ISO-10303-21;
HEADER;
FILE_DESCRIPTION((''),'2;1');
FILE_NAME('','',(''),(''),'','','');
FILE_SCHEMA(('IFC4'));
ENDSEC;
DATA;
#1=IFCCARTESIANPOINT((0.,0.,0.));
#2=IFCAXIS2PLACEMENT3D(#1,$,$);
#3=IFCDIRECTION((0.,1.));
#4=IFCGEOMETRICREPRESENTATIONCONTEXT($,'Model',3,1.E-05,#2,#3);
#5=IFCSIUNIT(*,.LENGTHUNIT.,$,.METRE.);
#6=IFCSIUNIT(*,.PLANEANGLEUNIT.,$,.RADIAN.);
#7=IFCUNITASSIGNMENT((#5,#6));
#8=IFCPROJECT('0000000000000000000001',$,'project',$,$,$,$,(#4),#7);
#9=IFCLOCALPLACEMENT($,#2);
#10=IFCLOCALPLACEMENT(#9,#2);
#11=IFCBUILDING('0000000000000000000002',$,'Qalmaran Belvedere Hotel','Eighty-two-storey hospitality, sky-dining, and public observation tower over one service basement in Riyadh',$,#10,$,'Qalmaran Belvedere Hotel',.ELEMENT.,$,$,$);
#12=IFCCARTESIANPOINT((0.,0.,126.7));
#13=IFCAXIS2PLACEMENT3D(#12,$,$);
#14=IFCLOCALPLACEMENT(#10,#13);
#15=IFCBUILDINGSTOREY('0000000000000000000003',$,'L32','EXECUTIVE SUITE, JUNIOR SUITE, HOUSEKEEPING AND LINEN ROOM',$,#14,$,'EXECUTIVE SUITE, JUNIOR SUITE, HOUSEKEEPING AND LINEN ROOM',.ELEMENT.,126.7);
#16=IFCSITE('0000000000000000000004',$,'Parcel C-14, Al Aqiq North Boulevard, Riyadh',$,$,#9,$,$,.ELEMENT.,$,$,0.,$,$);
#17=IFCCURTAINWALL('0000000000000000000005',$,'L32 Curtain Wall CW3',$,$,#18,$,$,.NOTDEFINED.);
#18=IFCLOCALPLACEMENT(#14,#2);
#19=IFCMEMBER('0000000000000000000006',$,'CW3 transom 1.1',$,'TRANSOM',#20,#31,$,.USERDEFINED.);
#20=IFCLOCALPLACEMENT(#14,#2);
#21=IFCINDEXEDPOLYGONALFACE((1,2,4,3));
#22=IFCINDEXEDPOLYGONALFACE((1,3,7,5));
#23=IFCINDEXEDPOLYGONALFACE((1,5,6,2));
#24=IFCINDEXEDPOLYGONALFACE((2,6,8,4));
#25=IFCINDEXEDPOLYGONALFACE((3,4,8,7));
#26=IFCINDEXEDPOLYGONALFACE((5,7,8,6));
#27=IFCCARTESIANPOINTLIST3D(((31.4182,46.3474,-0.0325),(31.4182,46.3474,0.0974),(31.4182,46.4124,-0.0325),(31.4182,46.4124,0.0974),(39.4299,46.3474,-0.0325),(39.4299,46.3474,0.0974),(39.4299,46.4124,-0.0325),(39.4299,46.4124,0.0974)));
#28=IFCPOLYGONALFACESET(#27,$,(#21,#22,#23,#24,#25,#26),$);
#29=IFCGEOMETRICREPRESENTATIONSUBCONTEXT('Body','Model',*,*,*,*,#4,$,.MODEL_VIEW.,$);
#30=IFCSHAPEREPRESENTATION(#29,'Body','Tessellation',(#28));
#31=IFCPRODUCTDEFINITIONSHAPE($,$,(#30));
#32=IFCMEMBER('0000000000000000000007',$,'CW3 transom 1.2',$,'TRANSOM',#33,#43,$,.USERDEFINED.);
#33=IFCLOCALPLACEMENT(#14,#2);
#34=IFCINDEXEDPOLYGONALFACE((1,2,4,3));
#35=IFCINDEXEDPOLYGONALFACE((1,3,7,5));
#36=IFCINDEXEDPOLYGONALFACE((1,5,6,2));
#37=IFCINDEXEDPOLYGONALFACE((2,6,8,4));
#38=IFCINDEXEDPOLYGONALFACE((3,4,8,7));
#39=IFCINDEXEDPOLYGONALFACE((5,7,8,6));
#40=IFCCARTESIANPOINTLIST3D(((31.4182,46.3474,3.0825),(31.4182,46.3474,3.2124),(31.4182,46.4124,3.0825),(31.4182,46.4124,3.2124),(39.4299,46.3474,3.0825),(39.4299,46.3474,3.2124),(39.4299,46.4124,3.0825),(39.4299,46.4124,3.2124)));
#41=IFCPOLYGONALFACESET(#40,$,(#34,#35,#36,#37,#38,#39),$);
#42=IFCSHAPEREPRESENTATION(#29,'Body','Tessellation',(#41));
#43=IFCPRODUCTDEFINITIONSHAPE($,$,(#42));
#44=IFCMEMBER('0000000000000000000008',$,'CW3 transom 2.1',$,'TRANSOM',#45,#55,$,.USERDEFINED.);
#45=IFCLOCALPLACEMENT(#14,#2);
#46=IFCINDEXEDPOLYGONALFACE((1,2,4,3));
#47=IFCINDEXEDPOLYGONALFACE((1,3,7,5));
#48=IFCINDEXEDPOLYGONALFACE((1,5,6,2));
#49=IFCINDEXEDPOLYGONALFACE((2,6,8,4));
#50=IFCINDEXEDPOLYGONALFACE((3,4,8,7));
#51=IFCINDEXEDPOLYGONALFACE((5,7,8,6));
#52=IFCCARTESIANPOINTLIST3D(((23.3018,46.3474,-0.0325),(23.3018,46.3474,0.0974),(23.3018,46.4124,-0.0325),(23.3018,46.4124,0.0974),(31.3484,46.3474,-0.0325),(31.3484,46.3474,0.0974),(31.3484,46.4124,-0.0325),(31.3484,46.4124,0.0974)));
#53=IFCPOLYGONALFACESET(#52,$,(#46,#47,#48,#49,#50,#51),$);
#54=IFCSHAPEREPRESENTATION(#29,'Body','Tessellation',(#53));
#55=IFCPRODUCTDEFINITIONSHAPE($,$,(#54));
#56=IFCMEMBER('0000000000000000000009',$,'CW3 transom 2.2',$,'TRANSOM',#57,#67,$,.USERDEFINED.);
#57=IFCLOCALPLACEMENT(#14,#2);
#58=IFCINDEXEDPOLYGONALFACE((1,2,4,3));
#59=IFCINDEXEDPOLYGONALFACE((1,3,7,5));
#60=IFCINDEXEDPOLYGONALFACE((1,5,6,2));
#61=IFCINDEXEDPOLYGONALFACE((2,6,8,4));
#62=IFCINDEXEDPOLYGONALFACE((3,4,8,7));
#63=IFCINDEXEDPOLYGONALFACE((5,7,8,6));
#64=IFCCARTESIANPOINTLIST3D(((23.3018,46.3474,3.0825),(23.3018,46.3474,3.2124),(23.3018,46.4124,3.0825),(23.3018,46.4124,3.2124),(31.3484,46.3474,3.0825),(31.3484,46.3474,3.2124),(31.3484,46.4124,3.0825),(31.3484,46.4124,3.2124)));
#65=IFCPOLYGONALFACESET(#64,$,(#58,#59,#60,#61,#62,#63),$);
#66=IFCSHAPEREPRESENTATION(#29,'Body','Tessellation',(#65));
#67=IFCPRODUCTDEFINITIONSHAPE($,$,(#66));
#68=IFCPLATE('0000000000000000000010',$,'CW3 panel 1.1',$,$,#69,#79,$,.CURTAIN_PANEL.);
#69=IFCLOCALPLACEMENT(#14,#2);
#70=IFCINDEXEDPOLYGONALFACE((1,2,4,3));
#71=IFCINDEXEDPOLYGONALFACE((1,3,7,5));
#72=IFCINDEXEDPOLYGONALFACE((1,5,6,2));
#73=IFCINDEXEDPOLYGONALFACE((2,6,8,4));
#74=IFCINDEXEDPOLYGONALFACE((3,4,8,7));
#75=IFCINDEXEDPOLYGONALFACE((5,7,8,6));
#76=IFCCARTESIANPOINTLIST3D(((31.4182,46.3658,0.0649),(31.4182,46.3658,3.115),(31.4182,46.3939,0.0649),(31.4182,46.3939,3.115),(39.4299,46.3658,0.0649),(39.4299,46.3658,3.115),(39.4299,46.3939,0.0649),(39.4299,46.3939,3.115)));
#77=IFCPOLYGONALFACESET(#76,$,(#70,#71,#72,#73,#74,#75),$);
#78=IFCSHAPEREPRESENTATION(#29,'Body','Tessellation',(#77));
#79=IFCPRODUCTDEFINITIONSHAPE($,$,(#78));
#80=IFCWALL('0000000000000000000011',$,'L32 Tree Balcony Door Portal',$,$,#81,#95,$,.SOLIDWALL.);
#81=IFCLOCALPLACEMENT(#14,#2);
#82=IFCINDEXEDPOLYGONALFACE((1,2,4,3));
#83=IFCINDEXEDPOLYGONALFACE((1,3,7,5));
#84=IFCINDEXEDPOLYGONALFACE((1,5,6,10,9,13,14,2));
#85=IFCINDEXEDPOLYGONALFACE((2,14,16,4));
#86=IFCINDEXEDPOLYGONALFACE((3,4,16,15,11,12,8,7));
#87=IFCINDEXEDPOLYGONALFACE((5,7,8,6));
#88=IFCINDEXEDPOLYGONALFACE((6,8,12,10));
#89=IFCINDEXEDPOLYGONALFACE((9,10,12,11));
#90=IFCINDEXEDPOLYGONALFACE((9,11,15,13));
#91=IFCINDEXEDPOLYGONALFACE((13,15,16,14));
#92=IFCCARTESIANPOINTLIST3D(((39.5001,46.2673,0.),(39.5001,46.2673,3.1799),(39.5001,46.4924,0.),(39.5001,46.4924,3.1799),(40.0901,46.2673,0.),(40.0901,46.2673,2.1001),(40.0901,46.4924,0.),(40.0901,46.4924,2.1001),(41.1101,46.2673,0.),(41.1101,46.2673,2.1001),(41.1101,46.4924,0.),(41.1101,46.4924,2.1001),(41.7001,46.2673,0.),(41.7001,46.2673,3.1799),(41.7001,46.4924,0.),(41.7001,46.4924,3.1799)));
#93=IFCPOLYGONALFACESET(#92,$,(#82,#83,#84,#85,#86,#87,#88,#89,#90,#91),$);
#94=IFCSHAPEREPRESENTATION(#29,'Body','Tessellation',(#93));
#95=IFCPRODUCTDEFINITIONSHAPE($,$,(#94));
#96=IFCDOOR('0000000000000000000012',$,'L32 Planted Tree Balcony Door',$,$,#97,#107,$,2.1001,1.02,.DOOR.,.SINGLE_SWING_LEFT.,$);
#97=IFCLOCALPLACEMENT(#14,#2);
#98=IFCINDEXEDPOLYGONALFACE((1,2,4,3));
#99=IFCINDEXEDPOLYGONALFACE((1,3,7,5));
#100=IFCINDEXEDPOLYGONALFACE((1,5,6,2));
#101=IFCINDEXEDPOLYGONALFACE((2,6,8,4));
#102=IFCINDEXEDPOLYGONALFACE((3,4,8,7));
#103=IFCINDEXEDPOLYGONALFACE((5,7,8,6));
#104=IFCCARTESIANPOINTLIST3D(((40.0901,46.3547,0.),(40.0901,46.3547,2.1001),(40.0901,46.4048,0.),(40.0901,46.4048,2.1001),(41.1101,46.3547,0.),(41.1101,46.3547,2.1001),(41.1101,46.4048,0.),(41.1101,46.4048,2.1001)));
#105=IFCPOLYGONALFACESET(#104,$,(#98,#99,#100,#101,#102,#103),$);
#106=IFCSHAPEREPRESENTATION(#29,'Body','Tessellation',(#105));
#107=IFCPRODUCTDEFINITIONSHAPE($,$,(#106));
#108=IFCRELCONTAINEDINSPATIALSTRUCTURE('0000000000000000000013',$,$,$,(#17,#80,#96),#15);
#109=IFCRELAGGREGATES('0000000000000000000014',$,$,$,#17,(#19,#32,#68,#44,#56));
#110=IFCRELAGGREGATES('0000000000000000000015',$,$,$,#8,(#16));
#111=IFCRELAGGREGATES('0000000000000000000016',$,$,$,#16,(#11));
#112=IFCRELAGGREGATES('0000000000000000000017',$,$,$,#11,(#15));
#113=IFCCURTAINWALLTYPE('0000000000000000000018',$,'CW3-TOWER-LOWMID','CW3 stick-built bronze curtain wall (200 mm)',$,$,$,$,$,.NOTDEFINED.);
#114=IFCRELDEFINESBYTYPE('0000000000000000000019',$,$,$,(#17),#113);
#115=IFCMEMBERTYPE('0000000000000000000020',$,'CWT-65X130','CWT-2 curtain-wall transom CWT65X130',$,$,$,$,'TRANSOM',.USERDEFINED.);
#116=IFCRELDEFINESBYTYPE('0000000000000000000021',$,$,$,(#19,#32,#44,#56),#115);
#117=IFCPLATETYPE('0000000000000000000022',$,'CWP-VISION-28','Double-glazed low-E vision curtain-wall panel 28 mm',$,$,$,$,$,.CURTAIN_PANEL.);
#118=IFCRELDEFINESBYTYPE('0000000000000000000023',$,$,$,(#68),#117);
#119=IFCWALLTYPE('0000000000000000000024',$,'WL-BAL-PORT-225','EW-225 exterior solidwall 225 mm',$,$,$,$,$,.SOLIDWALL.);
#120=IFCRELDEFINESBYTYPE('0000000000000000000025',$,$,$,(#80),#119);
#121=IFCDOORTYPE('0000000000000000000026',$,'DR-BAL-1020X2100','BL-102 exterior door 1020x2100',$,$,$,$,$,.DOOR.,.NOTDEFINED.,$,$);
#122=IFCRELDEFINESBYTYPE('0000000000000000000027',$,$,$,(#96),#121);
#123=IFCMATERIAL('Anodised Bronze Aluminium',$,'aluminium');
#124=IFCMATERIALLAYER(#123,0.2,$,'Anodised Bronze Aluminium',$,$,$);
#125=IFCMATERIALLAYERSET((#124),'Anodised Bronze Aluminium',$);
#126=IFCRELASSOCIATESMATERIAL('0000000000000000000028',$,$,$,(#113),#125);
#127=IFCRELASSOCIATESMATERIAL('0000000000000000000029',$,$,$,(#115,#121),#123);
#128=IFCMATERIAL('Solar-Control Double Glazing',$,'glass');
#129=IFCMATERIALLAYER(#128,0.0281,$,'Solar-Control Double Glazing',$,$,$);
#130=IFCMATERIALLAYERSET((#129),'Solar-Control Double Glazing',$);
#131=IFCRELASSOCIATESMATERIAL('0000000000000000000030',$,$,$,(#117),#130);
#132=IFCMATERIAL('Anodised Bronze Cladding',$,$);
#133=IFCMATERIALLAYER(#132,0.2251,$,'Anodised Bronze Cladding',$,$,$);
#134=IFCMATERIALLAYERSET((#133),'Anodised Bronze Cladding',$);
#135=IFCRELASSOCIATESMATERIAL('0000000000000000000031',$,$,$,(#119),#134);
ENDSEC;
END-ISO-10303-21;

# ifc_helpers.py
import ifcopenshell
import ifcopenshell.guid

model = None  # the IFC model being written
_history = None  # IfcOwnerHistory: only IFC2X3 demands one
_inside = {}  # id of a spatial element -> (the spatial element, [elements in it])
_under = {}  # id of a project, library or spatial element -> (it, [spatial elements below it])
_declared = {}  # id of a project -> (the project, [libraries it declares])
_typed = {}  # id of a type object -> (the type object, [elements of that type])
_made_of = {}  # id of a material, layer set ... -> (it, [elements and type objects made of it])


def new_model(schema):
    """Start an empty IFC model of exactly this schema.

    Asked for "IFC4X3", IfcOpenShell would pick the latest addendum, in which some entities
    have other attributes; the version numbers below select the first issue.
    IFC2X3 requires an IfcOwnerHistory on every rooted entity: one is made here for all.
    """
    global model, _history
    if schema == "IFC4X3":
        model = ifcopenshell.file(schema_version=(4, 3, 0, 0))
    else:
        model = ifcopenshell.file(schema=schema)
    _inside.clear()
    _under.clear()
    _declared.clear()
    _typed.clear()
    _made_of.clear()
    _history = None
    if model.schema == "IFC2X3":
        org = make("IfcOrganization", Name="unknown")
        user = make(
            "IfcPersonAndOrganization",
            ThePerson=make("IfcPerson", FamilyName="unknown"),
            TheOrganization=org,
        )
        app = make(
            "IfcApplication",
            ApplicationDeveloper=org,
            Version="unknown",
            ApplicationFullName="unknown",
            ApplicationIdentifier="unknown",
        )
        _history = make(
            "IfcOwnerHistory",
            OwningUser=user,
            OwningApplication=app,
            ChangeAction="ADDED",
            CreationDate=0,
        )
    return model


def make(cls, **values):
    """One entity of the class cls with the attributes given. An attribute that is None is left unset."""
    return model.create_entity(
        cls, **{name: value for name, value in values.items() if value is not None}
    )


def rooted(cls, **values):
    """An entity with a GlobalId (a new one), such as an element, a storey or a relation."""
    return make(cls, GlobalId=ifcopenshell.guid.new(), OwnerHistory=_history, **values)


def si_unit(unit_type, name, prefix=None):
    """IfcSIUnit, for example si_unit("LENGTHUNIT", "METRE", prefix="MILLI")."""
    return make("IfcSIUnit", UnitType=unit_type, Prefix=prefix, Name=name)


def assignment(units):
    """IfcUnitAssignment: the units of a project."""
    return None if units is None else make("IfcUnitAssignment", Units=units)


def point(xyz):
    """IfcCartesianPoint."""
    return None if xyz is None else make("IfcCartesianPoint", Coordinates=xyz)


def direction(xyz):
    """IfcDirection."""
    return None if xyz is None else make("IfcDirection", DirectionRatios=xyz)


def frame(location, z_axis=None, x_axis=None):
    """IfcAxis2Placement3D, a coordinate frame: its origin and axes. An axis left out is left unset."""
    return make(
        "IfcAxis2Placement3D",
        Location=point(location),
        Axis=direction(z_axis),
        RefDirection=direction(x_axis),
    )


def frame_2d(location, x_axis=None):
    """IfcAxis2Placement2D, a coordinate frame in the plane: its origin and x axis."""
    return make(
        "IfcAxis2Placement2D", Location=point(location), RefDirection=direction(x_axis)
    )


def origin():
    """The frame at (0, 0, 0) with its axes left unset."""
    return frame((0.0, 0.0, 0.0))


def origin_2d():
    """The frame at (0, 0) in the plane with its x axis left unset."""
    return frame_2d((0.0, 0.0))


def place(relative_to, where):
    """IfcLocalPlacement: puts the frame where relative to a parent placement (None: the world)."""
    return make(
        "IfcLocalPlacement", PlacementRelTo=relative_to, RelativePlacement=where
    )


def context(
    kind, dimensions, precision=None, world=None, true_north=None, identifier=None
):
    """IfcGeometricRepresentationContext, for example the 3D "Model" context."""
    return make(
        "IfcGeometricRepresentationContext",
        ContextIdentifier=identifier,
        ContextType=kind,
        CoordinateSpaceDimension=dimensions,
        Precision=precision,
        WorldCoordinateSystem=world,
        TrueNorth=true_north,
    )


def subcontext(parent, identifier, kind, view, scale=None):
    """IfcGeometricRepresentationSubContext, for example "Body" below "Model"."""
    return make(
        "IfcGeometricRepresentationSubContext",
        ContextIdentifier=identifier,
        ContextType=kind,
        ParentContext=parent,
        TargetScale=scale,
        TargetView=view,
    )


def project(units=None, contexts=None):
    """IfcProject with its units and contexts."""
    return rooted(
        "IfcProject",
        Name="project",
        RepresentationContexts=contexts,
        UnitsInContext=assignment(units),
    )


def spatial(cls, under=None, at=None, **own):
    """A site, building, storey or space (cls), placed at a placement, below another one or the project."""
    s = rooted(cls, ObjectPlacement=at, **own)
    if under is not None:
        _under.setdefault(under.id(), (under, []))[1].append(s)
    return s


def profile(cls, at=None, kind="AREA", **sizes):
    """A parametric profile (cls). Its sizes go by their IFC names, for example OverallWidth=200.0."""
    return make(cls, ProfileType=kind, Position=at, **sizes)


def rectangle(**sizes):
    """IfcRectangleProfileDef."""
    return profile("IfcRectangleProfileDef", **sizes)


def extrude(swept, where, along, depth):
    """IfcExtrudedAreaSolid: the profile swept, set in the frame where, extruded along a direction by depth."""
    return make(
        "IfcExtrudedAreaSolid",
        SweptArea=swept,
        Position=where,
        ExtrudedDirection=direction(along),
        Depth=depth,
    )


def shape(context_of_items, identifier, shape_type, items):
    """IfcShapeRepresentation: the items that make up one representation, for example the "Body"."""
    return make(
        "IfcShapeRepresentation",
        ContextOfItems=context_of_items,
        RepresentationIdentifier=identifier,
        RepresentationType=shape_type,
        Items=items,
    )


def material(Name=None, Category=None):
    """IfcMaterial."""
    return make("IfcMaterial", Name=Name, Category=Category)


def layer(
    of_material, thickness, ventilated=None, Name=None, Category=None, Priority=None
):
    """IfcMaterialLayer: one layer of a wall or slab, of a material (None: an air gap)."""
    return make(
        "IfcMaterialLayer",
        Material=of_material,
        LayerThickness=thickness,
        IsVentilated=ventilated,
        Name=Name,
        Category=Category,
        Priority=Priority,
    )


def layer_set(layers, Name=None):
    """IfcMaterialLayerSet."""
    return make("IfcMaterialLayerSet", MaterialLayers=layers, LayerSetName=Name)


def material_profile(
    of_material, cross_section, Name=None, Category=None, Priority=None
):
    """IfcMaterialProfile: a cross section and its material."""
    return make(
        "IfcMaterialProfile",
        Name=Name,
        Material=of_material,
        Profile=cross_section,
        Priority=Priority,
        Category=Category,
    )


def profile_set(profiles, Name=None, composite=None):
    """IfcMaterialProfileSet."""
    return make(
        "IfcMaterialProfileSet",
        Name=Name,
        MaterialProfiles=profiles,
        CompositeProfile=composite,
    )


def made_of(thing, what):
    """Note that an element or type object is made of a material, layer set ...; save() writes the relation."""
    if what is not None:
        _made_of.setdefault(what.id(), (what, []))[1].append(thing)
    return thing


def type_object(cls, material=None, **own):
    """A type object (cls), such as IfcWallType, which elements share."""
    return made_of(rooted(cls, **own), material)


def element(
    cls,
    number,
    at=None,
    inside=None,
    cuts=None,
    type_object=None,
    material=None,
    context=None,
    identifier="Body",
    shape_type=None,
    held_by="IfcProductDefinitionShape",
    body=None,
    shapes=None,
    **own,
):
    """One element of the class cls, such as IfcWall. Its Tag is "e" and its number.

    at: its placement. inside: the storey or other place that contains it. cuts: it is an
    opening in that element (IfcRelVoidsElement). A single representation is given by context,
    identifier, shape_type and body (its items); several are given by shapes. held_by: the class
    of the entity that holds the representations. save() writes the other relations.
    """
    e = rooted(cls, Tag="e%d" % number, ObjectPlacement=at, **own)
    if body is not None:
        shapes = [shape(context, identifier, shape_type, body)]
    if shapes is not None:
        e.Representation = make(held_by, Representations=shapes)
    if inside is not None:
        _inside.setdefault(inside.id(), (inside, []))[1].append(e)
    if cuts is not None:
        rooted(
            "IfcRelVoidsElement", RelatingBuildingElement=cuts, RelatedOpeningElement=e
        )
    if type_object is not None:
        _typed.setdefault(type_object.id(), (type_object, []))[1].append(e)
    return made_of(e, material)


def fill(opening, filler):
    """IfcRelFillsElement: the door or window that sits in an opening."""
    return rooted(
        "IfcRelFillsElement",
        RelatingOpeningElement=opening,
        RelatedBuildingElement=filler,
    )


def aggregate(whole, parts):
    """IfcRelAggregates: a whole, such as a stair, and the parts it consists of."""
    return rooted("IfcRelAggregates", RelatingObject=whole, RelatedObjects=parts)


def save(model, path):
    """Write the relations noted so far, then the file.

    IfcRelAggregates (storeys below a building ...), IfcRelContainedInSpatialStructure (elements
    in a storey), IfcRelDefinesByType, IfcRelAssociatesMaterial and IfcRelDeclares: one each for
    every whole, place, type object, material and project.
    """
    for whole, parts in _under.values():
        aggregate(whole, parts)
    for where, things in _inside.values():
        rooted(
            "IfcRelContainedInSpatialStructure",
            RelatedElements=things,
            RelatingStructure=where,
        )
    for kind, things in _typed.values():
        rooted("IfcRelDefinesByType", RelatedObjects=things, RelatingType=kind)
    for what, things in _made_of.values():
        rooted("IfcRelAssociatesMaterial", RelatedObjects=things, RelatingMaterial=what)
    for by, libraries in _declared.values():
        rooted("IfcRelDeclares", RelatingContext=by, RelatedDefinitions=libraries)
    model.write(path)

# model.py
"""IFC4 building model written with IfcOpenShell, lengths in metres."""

from ifc_helpers import new_model, si_unit, direction, frame, frame_2d, origin, origin_2d, place, context, subcontext, project, spatial, rectangle, extrude, material, layer, layer_set, material_profile, profile_set, type_object, element, fill, aggregate, save


model = new_model("IFC4")

# Units and contexts
model_context = context("Model", 3, precision=1e-05, world=origin(), true_north=direction((0.0, 1.0)))
body_context = subcontext(model_context, "Body", "Model", "MODEL_VIEW")
ifc_project = project(units=[si_unit("LENGTHUNIT", "METRE"), si_unit("PLANEANGLEUNIT", "RADIAN")], contexts=[model_context])

# Site, building, storey
site_placement = place(None, origin())
site = spatial("IfcSite", under=ifc_project, at=site_placement, Name="Parcel C-14, Al Aqiq North Boulevard, Riyadh", CompositionType="ELEMENT", RefElevation=0.0)
building_placement = place(site_placement, origin())
building = spatial("IfcBuilding", under=site, at=building_placement, Name="Qalmaran Belvedere Hotel", Description="Eighty-two-storey hospitality, sky-dining, and public observation tower over one service basement in Riyadh", LongName="Qalmaran Belvedere Hotel", CompositionType="ELEMENT")
storey_placement = place(building_placement, frame((0.0, 0.0, 126.7)))
storey = spatial("IfcBuildingStorey", under=building, at=storey_placement, Name="L32", Description="EXECUTIVE SUITE, JUNIOR SUITE, HOUSEKEEPING AND LINEN ROOM", LongName="EXECUTIVE SUITE, JUNIOR SUITE, HOUSEKEEPING AND LINEN ROOM", CompositionType="ELEMENT", Elevation=126.7)

# Curtain wall
ifc_material_1 = material(Name="Anodised Bronze Aluminium", Category="aluminium")
ifc_layer_1 = layer(ifc_material_1, 0.2, Name="Anodised Bronze Aluminium")
ifc_layer_set_1 = layer_set([ifc_layer_1], Name="Anodised Bronze Aluminium")
curtain_wall_type = type_object("IfcCurtainWallType", Name="CW3-TOWER-LOWMID", Description="CW3 stick-built bronze curtain wall (200 mm)", PredefinedType="NOTDEFINED", material=ifc_layer_set_1)
curtain_wall_1_placement = place(storey_placement, origin())
curtain_wall_1 = element("IfcCurtainWall", 1, at=curtain_wall_1_placement, inside=storey, type_object=curtain_wall_type, Name="L32 Curtain Wall CW3", PredefinedType="NOTDEFINED")

# Members
ifc_material_profile_1 = material_profile(ifc_material_1, rectangle(XDim=0.0649, YDim=0.1299, at=origin_2d()), Name="CWT65X130")
ifc_profile_set_1 = profile_set([ifc_material_profile_1], Name="Anodised Bronze Aluminium")
member_type_1 = type_object("IfcMemberType", Name="CWT-65X130", Description="CWT-2 curtain-wall transom CWT65X130", ElementType="TRANSOM", PredefinedType="USERDEFINED", material=ifc_profile_set_1)
member_1_placement = place(storey_placement, frame((39.4299, 46.3799, 0.0325), z_axis=(-1.0, 0.0, 0.0), x_axis=(0.0, -1.0, 0.0)))
member_1 = element("IfcMember", 2, at=member_1_placement, type_object=member_type_1, Name="CW3 transom 1.1", ObjectType="TRANSOM", PredefinedType="USERDEFINED", context=body_context, shape_type="SweptSolid", body=[
    extrude(rectangle(XDim=0.0649, YDim=0.1299, at=origin_2d()), origin(), (0.0, 0.0, 1.0), 8.0117),
])
member_2_placement = place(storey_placement, frame((39.4299, 46.3799, 3.1475), z_axis=(-1.0, 0.0, 0.0), x_axis=(0.0, -1.0, 0.0)))
member_2 = element("IfcMember", 3, at=member_2_placement, type_object=member_type_1, Name="CW3 transom 1.2", ObjectType="TRANSOM", PredefinedType="USERDEFINED", context=body_context, shape_type="SweptSolid", body=[
    extrude(rectangle(XDim=0.0649, YDim=0.1299, at=origin_2d()), origin(), (0.0, 0.0, 1.0), 8.0117),
])
member_3_placement = place(storey_placement, frame((31.3484, 46.3799, 0.0325), z_axis=(-1.0, 0.0, 0.0), x_axis=(0.0, -1.0, 0.0)))
member_3 = element("IfcMember", 4, at=member_3_placement, type_object=member_type_1, Name="CW3 transom 2.1", ObjectType="TRANSOM", PredefinedType="USERDEFINED", context=body_context, shape_type="SweptSolid", body=[
    extrude(rectangle(XDim=0.0649, YDim=0.1299, at=origin_2d()), origin(), (0.0, 0.0, 1.0), 8.0466),
])
member_4_placement = place(storey_placement, frame((31.3484, 46.3799, 3.1475), z_axis=(-1.0, 0.0, 0.0), x_axis=(0.0, -1.0, 0.0)))
member_4 = element("IfcMember", 5, at=member_4_placement, type_object=member_type_1, Name="CW3 transom 2.2", ObjectType="TRANSOM", PredefinedType="USERDEFINED", context=body_context, shape_type="SweptSolid", body=[
    extrude(rectangle(XDim=0.0649, YDim=0.1299, at=origin_2d()), origin(), (0.0, 0.0, 1.0), 8.0466),
])

# Plate
ifc_material_2 = material(Name="Solar-Control Double Glazing", Category="glass")
ifc_layer_2 = layer(ifc_material_2, 0.0281, Name="Solar-Control Double Glazing")
ifc_layer_set_2 = layer_set([ifc_layer_2], Name="Solar-Control Double Glazing")
plate_type = type_object("IfcPlateType", Name="CWP-VISION-28", Description="Double-glazed low-E vision curtain-wall panel 28 mm", PredefinedType="CURTAIN_PANEL", material=ifc_layer_set_2)
plate_placement = place(storey_placement, frame((35.4241, 46.3799, 0.0649), z_axis=(0.0, 0.0, 1.0), x_axis=(-1.0, 0.0, 0.0)))
plate = element("IfcPlate", 6, at=plate_placement, type_object=plate_type, Name="CW3 panel 1.1", PredefinedType="CURTAIN_PANEL", context=body_context, shape_type="SweptSolid", body=[
    extrude(rectangle(XDim=8.0117, YDim=0.0281, at=origin_2d()), origin(), (0.0, 0.0, 1.0), 3.05),
])
aggregate(curtain_wall_1, [member_1, member_2, plate, member_3, member_4])

# Wall, opening, door
ifc_material_3 = material(Name="Anodised Bronze Cladding")
ifc_layer_3 = layer(ifc_material_3, 0.2251, Name="Anodised Bronze Cladding")
ifc_layer_set_3 = layer_set([ifc_layer_3], Name="Anodised Bronze Cladding")
wall_type = type_object("IfcWallType", Name="WL-BAL-PORT-225", Description="EW-225 exterior solidwall 225 mm", PredefinedType="SOLIDWALL", material=ifc_layer_set_3)
wall_placement = place(storey_placement, frame((39.5, 46.3799, 0.0), z_axis=(0.0, 0.0, 1.0), x_axis=(1.0, 0.0, 0.0)))
wall = element("IfcWall", 7, at=wall_placement, inside=storey, type_object=wall_type, Name="L32 Tree Balcony Door Portal", PredefinedType="SOLIDWALL", context=body_context, shape_type="SweptSolid", body=[
    extrude(rectangle(XDim=2.2, YDim=0.2251, at=frame_2d((1.1001, 0.0))), origin(), (0.0, 0.0, 1.0), 3.1799),
])
opening_placement = place(wall_placement, frame((0.5901, 0.0, 0.0)))
opening = element("IfcOpeningElement", 8, at=opening_placement, cuts=wall, PredefinedType="OPENING", context=body_context, shape_type="SweptSolid", body=[
    extrude(rectangle(XDim=1.02, YDim=2.1001, at=frame_2d((0.51, 1.05))), frame((0.0, 0.1226, 0.0), z_axis=(0.0, -1.0, 0.0), x_axis=(1.0, 0.0, 0.0)), (0.0, 0.0, 1.0), 0.2451),
])
door_type = type_object("IfcDoorType", Name="DR-BAL-1020X2100", Description="BL-102 exterior door 1020x2100", OperationType="NOTDEFINED", PredefinedType="DOOR", material=ifc_material_1)
door_placement = place(opening_placement, origin())
door = element("IfcDoor", 9, at=door_placement, inside=storey, type_object=door_type, Name="L32 Planted Tree Balcony Door", OperationType="SINGLE_SWING_LEFT", OverallHeight=2.1001, OverallWidth=1.02, PredefinedType="DOOR", context=body_context, shape_type="SweptSolid", body=[
    extrude(rectangle(XDim=1.02, YDim=2.1001, at=frame_2d((0.51, 1.05))), frame((0.0, 0.0249, 0.0), z_axis=(0.0, -1.0, 0.0), x_axis=(1.0, 0.0, 0.0)), (0.0, 0.0, 1.0), 0.05),
])
fill(opening, door)

save(model, "model.ifc")
